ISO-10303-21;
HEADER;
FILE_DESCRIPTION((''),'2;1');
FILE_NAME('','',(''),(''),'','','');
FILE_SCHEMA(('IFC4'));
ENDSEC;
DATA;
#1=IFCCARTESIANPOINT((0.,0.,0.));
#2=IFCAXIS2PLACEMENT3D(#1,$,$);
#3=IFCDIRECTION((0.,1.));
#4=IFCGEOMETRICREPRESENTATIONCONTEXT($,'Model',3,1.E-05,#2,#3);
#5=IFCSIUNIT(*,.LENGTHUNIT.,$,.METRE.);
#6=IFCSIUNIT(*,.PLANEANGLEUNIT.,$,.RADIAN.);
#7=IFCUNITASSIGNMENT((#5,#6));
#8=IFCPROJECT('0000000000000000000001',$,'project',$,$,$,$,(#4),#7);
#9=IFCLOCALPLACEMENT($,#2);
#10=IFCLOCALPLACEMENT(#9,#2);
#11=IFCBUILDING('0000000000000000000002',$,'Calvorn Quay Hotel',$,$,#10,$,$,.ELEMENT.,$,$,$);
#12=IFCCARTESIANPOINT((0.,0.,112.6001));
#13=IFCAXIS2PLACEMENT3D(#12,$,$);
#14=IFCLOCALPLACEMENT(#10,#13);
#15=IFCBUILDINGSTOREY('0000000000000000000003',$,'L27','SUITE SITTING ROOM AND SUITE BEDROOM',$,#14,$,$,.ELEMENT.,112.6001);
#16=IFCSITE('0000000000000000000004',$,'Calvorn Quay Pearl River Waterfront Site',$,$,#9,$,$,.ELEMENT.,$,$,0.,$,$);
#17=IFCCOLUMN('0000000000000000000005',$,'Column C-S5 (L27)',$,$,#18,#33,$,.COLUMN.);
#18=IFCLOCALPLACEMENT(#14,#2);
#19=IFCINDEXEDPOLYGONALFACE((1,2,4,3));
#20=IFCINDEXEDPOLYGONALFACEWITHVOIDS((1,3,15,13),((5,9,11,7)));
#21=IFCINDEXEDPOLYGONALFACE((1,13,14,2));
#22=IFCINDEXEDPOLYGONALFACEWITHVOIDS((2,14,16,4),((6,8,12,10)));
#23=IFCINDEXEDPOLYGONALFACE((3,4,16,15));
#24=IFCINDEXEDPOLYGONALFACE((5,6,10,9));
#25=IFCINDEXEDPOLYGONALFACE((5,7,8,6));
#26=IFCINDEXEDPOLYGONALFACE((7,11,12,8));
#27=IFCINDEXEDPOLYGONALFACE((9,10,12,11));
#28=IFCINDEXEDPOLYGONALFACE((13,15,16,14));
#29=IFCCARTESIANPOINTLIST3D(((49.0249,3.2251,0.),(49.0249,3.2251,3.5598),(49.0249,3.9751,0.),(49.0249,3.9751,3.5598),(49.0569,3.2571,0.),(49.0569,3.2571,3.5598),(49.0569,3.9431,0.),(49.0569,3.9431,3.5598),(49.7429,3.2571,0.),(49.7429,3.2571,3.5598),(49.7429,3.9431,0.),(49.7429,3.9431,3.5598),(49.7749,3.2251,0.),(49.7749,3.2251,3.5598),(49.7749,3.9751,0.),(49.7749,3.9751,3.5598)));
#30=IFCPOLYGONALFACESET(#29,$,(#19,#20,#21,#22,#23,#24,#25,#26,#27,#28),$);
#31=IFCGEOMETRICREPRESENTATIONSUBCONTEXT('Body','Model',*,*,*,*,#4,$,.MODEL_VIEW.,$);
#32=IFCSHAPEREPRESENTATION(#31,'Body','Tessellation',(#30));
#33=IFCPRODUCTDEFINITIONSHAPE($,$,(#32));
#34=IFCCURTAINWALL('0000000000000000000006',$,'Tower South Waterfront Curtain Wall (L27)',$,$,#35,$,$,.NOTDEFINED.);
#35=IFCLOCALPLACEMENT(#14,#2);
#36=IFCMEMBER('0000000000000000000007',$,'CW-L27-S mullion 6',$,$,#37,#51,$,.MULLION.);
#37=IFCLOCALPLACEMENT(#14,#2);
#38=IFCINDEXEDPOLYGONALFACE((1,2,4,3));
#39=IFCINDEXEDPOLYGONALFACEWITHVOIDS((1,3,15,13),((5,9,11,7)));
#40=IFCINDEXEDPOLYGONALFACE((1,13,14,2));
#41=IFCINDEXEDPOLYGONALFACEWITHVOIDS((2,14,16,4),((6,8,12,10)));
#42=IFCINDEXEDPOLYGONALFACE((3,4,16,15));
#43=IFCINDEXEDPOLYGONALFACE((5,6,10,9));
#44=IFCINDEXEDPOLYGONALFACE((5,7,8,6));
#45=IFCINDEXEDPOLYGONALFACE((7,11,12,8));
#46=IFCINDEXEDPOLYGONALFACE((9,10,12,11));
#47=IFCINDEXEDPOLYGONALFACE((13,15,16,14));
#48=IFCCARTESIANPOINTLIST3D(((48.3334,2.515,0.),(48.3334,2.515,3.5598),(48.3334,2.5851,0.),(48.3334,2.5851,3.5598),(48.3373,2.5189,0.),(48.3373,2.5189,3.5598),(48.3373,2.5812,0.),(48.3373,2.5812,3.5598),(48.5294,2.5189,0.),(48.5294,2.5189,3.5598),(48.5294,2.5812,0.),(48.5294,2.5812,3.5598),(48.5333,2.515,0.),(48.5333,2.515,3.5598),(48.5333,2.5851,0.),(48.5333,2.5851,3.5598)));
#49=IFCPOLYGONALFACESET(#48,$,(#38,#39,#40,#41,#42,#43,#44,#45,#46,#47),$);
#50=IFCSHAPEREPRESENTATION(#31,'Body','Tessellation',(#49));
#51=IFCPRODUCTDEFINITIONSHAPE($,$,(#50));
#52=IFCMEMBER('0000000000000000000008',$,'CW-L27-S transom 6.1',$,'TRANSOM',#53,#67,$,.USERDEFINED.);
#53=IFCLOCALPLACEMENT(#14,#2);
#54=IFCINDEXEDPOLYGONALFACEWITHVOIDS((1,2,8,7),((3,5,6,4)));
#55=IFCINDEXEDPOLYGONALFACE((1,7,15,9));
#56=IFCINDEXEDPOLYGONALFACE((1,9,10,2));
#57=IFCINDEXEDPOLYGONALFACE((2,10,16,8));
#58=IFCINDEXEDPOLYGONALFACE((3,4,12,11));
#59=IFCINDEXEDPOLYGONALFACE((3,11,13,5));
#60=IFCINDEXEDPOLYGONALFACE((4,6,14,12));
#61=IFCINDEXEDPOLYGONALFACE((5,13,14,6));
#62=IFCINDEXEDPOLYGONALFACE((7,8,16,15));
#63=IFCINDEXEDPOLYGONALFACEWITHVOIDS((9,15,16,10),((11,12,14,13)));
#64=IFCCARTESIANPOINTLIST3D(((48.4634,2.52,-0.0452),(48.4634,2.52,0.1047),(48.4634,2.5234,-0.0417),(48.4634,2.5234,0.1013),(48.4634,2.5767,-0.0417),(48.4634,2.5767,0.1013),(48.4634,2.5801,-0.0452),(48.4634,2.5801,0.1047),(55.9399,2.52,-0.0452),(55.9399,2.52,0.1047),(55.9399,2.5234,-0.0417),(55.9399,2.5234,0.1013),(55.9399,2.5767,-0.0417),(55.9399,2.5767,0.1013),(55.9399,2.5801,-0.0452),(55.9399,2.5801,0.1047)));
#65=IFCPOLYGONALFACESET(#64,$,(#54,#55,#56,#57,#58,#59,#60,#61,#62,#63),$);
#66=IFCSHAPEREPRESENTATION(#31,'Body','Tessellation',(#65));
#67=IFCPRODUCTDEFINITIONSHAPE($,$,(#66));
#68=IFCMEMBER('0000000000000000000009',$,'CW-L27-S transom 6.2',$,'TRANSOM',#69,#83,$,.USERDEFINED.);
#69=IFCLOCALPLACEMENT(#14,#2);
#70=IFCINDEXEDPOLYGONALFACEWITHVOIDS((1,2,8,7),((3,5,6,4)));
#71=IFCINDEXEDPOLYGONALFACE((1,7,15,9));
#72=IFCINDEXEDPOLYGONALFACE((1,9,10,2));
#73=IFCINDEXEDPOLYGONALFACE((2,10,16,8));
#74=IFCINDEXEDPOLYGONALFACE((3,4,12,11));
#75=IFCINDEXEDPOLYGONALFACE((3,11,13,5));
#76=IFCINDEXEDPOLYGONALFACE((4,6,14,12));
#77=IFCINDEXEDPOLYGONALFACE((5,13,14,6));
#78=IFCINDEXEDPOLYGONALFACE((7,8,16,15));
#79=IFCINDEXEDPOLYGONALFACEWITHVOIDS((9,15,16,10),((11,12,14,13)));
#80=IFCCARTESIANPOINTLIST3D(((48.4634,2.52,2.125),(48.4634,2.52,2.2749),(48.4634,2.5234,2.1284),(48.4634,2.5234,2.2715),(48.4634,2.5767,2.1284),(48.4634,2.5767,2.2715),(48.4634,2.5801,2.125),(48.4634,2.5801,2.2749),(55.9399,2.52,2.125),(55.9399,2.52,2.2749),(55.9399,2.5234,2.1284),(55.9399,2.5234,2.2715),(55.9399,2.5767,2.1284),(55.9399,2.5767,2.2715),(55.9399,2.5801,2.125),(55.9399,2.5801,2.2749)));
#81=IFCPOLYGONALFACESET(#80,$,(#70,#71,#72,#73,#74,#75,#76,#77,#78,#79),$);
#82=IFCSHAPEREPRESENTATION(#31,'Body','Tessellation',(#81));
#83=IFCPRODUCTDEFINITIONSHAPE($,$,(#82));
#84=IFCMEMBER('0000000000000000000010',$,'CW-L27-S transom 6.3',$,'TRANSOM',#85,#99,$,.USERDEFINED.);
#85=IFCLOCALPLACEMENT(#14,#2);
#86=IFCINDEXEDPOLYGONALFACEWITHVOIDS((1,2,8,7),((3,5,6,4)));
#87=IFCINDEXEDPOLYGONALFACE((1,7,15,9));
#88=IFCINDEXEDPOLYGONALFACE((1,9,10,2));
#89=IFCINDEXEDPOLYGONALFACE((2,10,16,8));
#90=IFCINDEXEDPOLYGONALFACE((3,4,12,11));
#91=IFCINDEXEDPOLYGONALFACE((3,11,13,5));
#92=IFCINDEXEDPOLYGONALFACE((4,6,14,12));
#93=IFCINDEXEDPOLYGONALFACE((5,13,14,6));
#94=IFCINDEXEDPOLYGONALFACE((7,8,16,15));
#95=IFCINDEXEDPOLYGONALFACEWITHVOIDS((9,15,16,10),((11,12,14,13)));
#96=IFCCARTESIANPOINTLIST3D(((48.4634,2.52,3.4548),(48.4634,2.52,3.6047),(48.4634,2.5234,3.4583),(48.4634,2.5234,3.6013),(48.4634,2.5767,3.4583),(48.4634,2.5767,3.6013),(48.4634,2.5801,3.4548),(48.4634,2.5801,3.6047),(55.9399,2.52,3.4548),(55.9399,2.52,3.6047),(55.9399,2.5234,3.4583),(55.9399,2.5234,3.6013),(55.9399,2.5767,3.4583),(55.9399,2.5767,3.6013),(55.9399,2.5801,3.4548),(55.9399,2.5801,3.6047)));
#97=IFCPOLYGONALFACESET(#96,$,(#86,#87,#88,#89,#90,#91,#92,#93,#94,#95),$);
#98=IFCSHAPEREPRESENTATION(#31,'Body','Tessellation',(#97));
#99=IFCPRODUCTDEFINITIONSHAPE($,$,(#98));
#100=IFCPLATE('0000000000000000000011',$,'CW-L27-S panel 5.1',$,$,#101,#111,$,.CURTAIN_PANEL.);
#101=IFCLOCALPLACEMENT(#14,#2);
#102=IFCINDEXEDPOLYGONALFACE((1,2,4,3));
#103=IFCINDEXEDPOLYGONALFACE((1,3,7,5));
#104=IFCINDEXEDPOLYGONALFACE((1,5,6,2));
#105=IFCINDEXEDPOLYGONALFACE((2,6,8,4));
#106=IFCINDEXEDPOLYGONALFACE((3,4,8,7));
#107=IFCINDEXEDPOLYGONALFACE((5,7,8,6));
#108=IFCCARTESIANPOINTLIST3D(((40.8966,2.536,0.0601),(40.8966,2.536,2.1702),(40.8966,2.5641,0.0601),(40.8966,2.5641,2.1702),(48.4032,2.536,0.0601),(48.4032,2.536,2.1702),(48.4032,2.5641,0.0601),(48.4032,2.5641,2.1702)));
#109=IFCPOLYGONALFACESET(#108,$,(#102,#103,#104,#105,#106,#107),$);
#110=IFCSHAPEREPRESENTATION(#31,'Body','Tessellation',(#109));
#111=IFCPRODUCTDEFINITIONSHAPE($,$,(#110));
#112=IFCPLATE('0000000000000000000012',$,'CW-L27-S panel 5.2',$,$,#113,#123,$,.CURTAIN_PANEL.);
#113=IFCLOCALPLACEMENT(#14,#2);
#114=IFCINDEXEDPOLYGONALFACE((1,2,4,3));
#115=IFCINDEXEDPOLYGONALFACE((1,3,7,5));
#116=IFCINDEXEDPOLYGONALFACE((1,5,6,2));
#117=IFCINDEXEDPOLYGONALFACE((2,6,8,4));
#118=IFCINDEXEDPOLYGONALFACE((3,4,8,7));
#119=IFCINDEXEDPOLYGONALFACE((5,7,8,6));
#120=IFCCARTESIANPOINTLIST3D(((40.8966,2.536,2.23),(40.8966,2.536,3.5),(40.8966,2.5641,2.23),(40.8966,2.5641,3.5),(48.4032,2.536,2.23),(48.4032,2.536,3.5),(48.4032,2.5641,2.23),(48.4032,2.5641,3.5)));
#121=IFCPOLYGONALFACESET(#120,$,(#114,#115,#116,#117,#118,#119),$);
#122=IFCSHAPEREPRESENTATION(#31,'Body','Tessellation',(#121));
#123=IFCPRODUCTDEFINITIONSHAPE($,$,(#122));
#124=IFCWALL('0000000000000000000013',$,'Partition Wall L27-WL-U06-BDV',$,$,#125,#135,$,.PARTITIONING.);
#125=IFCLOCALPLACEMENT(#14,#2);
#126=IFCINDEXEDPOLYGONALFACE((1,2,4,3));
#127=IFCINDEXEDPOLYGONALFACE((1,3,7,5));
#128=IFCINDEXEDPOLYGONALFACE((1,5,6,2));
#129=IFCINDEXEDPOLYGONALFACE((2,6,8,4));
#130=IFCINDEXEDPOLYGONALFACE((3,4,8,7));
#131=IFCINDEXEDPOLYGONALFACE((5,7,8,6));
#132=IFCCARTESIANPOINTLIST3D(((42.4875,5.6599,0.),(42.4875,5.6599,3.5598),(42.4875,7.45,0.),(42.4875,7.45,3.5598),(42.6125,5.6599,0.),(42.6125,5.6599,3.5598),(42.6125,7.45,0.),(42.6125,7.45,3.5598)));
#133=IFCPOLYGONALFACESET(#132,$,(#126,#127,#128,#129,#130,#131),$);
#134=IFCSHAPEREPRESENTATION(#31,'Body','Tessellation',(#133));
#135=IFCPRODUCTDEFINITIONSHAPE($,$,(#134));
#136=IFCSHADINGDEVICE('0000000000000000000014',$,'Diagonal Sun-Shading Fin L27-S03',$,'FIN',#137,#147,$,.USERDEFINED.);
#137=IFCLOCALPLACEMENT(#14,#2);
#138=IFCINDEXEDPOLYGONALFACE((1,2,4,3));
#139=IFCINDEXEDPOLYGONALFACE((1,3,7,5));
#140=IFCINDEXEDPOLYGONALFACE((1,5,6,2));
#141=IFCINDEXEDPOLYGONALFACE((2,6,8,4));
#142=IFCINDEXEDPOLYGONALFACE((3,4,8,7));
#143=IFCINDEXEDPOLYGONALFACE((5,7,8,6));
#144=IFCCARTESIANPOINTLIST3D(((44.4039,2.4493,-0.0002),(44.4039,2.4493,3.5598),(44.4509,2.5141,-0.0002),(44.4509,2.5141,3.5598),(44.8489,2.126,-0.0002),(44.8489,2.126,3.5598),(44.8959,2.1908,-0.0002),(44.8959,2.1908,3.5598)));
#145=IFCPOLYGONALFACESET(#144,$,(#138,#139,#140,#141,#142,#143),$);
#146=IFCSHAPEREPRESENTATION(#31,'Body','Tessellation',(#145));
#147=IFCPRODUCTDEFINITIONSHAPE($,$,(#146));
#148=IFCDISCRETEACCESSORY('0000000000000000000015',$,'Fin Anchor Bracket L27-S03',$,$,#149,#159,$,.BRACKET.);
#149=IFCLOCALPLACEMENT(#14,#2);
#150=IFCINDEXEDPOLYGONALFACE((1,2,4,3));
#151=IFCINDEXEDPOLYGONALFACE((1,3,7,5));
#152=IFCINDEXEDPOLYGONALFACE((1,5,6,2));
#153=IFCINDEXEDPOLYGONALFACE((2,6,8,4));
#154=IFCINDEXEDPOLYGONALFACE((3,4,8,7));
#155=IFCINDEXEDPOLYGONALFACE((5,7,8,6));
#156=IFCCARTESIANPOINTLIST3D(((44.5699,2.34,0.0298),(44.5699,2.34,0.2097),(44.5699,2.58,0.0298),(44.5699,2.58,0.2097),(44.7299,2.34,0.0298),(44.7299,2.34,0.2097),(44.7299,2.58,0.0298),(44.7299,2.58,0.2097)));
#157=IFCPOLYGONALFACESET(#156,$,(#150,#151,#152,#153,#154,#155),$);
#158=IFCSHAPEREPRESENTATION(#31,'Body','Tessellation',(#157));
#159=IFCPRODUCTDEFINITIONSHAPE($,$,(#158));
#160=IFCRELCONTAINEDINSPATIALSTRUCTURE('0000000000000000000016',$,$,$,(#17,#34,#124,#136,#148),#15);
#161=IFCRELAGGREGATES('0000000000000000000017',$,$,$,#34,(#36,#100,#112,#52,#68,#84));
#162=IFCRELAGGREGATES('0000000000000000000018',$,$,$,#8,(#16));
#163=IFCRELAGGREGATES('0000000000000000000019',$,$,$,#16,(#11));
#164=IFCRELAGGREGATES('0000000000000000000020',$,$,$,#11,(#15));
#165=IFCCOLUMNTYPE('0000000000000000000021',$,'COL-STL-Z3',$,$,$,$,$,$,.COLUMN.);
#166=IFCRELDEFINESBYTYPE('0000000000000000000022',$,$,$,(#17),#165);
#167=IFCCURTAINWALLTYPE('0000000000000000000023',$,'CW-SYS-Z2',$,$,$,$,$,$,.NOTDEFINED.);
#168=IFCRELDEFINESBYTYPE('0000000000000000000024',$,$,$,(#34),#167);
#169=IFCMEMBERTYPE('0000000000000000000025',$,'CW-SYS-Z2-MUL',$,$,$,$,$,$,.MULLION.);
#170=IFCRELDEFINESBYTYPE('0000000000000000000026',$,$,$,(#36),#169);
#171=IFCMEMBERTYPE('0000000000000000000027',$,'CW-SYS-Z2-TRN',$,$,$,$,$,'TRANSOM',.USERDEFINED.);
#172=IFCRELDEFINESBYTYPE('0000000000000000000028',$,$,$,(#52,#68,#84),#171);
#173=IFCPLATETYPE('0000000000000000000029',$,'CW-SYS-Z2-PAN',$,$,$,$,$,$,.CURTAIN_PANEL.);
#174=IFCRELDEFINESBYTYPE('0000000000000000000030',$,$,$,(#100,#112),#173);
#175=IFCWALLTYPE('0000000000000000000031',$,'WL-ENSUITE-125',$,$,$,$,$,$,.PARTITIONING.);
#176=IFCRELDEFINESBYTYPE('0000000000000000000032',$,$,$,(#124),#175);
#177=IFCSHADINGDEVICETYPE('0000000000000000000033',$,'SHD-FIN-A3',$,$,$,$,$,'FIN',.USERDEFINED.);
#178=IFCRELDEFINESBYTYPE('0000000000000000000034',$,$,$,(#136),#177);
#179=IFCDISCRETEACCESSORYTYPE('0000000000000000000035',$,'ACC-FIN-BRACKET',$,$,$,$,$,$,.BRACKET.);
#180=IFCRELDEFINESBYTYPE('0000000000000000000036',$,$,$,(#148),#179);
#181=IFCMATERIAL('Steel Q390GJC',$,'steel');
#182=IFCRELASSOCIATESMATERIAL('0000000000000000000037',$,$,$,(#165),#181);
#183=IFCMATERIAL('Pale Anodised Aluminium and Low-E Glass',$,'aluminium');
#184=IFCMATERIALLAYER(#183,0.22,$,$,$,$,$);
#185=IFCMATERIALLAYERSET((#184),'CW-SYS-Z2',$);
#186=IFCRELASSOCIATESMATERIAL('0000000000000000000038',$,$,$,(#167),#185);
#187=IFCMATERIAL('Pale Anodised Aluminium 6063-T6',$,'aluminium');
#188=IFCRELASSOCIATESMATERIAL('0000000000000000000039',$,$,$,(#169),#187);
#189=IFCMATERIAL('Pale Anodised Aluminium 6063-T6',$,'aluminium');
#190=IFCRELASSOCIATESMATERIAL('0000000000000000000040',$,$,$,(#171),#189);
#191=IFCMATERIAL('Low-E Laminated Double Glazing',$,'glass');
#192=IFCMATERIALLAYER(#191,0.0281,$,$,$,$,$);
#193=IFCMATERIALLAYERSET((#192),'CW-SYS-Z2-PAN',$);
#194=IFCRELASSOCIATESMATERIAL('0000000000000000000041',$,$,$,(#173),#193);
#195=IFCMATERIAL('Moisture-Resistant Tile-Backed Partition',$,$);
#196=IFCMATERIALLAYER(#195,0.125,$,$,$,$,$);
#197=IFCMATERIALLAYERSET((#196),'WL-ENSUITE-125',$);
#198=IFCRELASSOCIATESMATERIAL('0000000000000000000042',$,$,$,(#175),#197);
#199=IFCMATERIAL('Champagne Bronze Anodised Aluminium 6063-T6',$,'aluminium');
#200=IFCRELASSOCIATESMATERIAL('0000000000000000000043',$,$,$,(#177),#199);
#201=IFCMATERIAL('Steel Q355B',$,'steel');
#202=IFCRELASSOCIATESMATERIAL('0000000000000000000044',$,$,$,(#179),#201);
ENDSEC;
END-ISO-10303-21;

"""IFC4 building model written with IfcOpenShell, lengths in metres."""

from ifc_helpers import new_model, si_unit, direction, frame, frame_2d, origin, origin_2d, place, context, subcontext, project, spatial, rectangle, hollow_rectangle, extrude, material, layer, layer_set, material_profile, profile_set, type_object, element, aggregate, save


model = new_model("IFC4")

# Units and contexts
model_context = context("Model", 3, precision=1e-05, world=origin(), true_north=direction((0.0, 1.0)))
body_context = subcontext(model_context, "Body", "Model", "MODEL_VIEW")
ifc_project = project(units=[si_unit("LENGTHUNIT", "METRE"), si_unit("PLANEANGLEUNIT", "RADIAN")], contexts=[model_context])

# Site, building, storey
site_placement = place(None, origin())
site = spatial("IfcSite", under=ifc_project, at=site_placement, Name="Calvorn Quay Pearl River Waterfront Site", CompositionType="ELEMENT", RefElevation=0.0)
building_placement = place(site_placement, origin())
building = spatial("IfcBuilding", under=site, at=building_placement, Name="Calvorn Quay Hotel", CompositionType="ELEMENT")
storey_placement = place(building_placement, frame((0.0, 0.0, 112.6001)))
storey = spatial("IfcBuildingStorey", under=building, at=storey_placement, Name="L27", Description="SUITE SITTING ROOM AND SUITE BEDROOM", CompositionType="ELEMENT", Elevation=112.6001)

# Column
ifc_material_1 = material(Name="Steel Q390GJC", Category="steel")
ifc_material_profile_1 = material_profile(ifc_material_1, hollow_rectangle(XDim=0.75, YDim=0.75, WallThickness=0.032, at=origin_2d()), Name="BOX750x750x32")
ifc_profile_set_1 = profile_set([ifc_material_profile_1], Name="Steel Q390GJC")
column_type = type_object("IfcColumnType", Name="COL-STL-Z3", PredefinedType="COLUMN", material=ifc_profile_set_1)
column_placement = place(storey_placement, frame((49.3999, 3.6001, 0.0), z_axis=(0.0, 0.0, 1.0), x_axis=(1.0, 0.0, 0.0)))
element("IfcColumn", 1, at=column_placement, inside=storey, type_object=column_type, Name="Column C-S5 (L27)", PredefinedType="COLUMN", context=body_context, shape_type="SweptSolid", body=[
    extrude(hollow_rectangle(XDim=0.75, YDim=0.75, WallThickness=0.032, at=origin_2d()), origin(), (0.0, 0.0, 1.0), 3.5598),
])

# Curtain wall, members, plates
ifc_material_2 = material(Name="Pale Anodised Aluminium and Low-E Glass", Category="aluminium")
ifc_layer_1 = layer(ifc_material_2, 0.22)
ifc_layer_set_1 = layer_set([ifc_layer_1], Name="CW-SYS-Z2")
curtain_wall_type = type_object("IfcCurtainWallType", Name="CW-SYS-Z2", PredefinedType="NOTDEFINED", material=ifc_layer_set_1)
curtain_wall_placement = place(storey_placement, origin())
curtain_wall = element("IfcCurtainWall", 2, at=curtain_wall_placement, inside=storey, type_object=curtain_wall_type, Name="Tower South Waterfront Curtain Wall (L27)", PredefinedType="NOTDEFINED")
ifc_material_3 = material(Name="Pale Anodised Aluminium 6063-T6", Category="aluminium")
ifc_material_profile_2 = material_profile(ifc_material_3, hollow_rectangle(XDim=0.0701, YDim=0.2, WallThickness=0.0039, at=origin_2d()), Name="ALU-M200x70x4")
ifc_profile_set_2 = profile_set([ifc_material_profile_2], Name="Pale Anodised Aluminium 6063-T6")
member_type_1 = type_object("IfcMemberType", Name="CW-SYS-Z2-MUL", PredefinedType="MULLION", material=ifc_profile_set_2)
member_1_placement = place(storey_placement, frame((48.4333, 2.55, 0.0), z_axis=(0.0, 0.0, 1.0), x_axis=(0.0, 1.0, 0.0)))
member_1 = element("IfcMember", 3, at=member_1_placement, type_object=member_type_1, Name="CW-L27-S mullion 6", PredefinedType="MULLION", context=body_context, shape_type="SweptSolid", body=[
    extrude(hollow_rectangle(XDim=0.0701, YDim=0.2, WallThickness=0.0039, at=origin_2d()), origin(), (0.0, 0.0, 1.0), 3.5598),
])
ifc_material_4 = material(Name="Pale Anodised Aluminium 6063-T6", Category="aluminium")
ifc_material_profile_3 = material_profile(ifc_material_4, hollow_rectangle(XDim=0.0601, YDim=0.1499, WallThickness=0.0034, at=origin_2d()), Name="ALU-T150x60x3.5")
ifc_profile_set_3 = profile_set([ifc_material_profile_3], Name="Pale Anodised Aluminium 6063-T6")
member_type_2 = type_object("IfcMemberType", Name="CW-SYS-Z2-TRN", ElementType="TRANSOM", PredefinedType="USERDEFINED", material=ifc_profile_set_3)
member_2_placement = place(storey_placement, frame((48.4634, 2.55, 0.0298), z_axis=(1.0, 0.0, 0.0), x_axis=(0.0, 1.0, 0.0)))
member_2 = element("IfcMember", 4, at=member_2_placement, type_object=member_type_2, Name="CW-L27-S transom 6.1", ObjectType="TRANSOM", PredefinedType="USERDEFINED", context=body_context, shape_type="SweptSolid", body=[
    extrude(hollow_rectangle(XDim=0.0601, YDim=0.1499, WallThickness=0.0034, at=origin_2d()), origin(), (0.0, 0.0, 1.0), 7.4766),
])
member_3_placement = place(storey_placement, frame((48.4634, 2.55, 2.2), z_axis=(1.0, 0.0, 0.0), x_axis=(0.0, 1.0, 0.0)))
member_3 = element("IfcMember", 5, at=member_3_placement, type_object=member_type_2, Name="CW-L27-S transom 6.2", ObjectType="TRANSOM", PredefinedType="USERDEFINED", context=body_context, shape_type="SweptSolid", body=[
    extrude(hollow_rectangle(XDim=0.0601, YDim=0.1499, WallThickness=0.0034, at=origin_2d()), origin(), (0.0, 0.0, 1.0), 7.4766),
])
member_4_placement = place(storey_placement, frame((48.4634, 2.55, 3.5298), z_axis=(1.0, 0.0, 0.0), x_axis=(0.0, 1.0, 0.0)))
member_4 = element("IfcMember", 6, at=member_4_placement, type_object=member_type_2, Name="CW-L27-S transom 6.3", ObjectType="TRANSOM", PredefinedType="USERDEFINED", context=body_context, shape_type="SweptSolid", body=[
    extrude(hollow_rectangle(XDim=0.0601, YDim=0.1499, WallThickness=0.0034, at=origin_2d()), origin(), (0.0, 0.0, 1.0), 7.4766),
])
ifc_material_5 = material(Name="Low-E Laminated Double Glazing", Category="glass")
ifc_layer_2 = layer(ifc_material_5, 0.0281)
ifc_layer_set_2 = layer_set([ifc_layer_2], Name="CW-SYS-Z2-PAN")
plate_type = type_object("IfcPlateType", Name="CW-SYS-Z2-PAN", PredefinedType="CURTAIN_PANEL", material=ifc_layer_set_2)
plate_1_placement = place(storey_placement, frame((44.6499, 2.55, 0.0601), z_axis=(0.0, 0.0, 1.0), x_axis=(1.0, 0.0, 0.0)))
plate_1 = element("IfcPlate", 7, at=plate_1_placement, type_object=plate_type, Name="CW-L27-S panel 5.1", PredefinedType="CURTAIN_PANEL", context=body_context, shape_type="SweptSolid", body=[
    extrude(rectangle(XDim=7.5066, YDim=0.0281, at=origin_2d()), origin(), (0.0, 0.0, 1.0), 2.1101),
])
plate_2_placement = place(storey_placement, frame((44.6499, 2.55, 2.23), z_axis=(0.0, 0.0, 1.0), x_axis=(1.0, 0.0, 0.0)))
plate_2 = element("IfcPlate", 8, at=plate_2_placement, type_object=plate_type, Name="CW-L27-S panel 5.2", PredefinedType="CURTAIN_PANEL", context=body_context, shape_type="SweptSolid", body=[
    extrude(rectangle(XDim=7.5066, YDim=0.0281, at=origin_2d()), origin(), (0.0, 0.0, 1.0), 1.27),
])
aggregate(curtain_wall, [member_1, plate_1, plate_2, member_2, member_3, member_4])

# Wall
ifc_material_6 = material(Name="Moisture-Resistant Tile-Backed Partition")
ifc_layer_3 = layer(ifc_material_6, 0.125)
ifc_layer_set_3 = layer_set([ifc_layer_3], Name="WL-ENSUITE-125")
wall_type = type_object("IfcWallType", Name="WL-ENSUITE-125", PredefinedType="PARTITIONING", material=ifc_layer_set_3)
wall_placement = place(storey_placement, frame((42.55, 5.6599, 0.0), z_axis=(0.0, 0.0, 1.0), x_axis=(0.0, 1.0, 0.0)))
element("IfcWall", 9, at=wall_placement, inside=storey, type_object=wall_type, Name="Partition Wall L27-WL-U06-BDV", PredefinedType="PARTITIONING", context=body_context, shape_type="SweptSolid", body=[
    extrude(rectangle(XDim=1.79, YDim=0.125, at=frame_2d((0.895, 0.0))), origin(), (0.0, 0.0, 1.0), 3.5598),
])

# Shading device
ifc_material_7 = material(Name="Champagne Bronze Anodised Aluminium 6063-T6", Category="aluminium")
shading_device_type = type_object("IfcShadingDeviceType", Name="SHD-FIN-A3", ElementType="FIN", PredefinedType="USERDEFINED", material=ifc_material_7)
shading_device_placement = place(storey_placement, frame((44.6499, 2.3201, -0.0002), z_axis=(0.0, 0.0, 1.0), x_axis=(-0.809017, 0.587785, 0.0)))
element("IfcShadingDevice", 10, at=shading_device_placement, inside=storey, type_object=shading_device_type, Name="Diagonal Sun-Shading Fin L27-S03", ObjectType="FIN", PredefinedType="USERDEFINED", context=body_context, shape_type="SweptSolid", body=[
    extrude(rectangle(XDim=0.55, YDim=0.0801, at=origin_2d()), origin(), (0.0, 0.0, 1.0), 3.5601),
])

# Discrete accessory
ifc_material_8 = material(Name="Steel Q355B", Category="steel")
discrete_accessory_type = type_object("IfcDiscreteAccessoryType", Name="ACC-FIN-BRACKET", PredefinedType="BRACKET", material=ifc_material_8)
discrete_accessory_placement = place(storey_placement, frame((44.6499, 2.46, 0.0298), z_axis=(0.0, 0.0, 1.0), x_axis=(0.0, 1.0, 0.0)))
element("IfcDiscreteAccessory", 11, at=discrete_accessory_placement, inside=storey, type_object=discrete_accessory_type, Name="Fin Anchor Bracket L27-S03", PredefinedType="BRACKET", context=body_context, shape_type="SweptSolid", body=[
    extrude(rectangle(XDim=0.24, YDim=0.1599, at=origin_2d()), origin(), (0.0, 0.0, 1.0), 0.1799),
])

save(model, "model.ifc")
